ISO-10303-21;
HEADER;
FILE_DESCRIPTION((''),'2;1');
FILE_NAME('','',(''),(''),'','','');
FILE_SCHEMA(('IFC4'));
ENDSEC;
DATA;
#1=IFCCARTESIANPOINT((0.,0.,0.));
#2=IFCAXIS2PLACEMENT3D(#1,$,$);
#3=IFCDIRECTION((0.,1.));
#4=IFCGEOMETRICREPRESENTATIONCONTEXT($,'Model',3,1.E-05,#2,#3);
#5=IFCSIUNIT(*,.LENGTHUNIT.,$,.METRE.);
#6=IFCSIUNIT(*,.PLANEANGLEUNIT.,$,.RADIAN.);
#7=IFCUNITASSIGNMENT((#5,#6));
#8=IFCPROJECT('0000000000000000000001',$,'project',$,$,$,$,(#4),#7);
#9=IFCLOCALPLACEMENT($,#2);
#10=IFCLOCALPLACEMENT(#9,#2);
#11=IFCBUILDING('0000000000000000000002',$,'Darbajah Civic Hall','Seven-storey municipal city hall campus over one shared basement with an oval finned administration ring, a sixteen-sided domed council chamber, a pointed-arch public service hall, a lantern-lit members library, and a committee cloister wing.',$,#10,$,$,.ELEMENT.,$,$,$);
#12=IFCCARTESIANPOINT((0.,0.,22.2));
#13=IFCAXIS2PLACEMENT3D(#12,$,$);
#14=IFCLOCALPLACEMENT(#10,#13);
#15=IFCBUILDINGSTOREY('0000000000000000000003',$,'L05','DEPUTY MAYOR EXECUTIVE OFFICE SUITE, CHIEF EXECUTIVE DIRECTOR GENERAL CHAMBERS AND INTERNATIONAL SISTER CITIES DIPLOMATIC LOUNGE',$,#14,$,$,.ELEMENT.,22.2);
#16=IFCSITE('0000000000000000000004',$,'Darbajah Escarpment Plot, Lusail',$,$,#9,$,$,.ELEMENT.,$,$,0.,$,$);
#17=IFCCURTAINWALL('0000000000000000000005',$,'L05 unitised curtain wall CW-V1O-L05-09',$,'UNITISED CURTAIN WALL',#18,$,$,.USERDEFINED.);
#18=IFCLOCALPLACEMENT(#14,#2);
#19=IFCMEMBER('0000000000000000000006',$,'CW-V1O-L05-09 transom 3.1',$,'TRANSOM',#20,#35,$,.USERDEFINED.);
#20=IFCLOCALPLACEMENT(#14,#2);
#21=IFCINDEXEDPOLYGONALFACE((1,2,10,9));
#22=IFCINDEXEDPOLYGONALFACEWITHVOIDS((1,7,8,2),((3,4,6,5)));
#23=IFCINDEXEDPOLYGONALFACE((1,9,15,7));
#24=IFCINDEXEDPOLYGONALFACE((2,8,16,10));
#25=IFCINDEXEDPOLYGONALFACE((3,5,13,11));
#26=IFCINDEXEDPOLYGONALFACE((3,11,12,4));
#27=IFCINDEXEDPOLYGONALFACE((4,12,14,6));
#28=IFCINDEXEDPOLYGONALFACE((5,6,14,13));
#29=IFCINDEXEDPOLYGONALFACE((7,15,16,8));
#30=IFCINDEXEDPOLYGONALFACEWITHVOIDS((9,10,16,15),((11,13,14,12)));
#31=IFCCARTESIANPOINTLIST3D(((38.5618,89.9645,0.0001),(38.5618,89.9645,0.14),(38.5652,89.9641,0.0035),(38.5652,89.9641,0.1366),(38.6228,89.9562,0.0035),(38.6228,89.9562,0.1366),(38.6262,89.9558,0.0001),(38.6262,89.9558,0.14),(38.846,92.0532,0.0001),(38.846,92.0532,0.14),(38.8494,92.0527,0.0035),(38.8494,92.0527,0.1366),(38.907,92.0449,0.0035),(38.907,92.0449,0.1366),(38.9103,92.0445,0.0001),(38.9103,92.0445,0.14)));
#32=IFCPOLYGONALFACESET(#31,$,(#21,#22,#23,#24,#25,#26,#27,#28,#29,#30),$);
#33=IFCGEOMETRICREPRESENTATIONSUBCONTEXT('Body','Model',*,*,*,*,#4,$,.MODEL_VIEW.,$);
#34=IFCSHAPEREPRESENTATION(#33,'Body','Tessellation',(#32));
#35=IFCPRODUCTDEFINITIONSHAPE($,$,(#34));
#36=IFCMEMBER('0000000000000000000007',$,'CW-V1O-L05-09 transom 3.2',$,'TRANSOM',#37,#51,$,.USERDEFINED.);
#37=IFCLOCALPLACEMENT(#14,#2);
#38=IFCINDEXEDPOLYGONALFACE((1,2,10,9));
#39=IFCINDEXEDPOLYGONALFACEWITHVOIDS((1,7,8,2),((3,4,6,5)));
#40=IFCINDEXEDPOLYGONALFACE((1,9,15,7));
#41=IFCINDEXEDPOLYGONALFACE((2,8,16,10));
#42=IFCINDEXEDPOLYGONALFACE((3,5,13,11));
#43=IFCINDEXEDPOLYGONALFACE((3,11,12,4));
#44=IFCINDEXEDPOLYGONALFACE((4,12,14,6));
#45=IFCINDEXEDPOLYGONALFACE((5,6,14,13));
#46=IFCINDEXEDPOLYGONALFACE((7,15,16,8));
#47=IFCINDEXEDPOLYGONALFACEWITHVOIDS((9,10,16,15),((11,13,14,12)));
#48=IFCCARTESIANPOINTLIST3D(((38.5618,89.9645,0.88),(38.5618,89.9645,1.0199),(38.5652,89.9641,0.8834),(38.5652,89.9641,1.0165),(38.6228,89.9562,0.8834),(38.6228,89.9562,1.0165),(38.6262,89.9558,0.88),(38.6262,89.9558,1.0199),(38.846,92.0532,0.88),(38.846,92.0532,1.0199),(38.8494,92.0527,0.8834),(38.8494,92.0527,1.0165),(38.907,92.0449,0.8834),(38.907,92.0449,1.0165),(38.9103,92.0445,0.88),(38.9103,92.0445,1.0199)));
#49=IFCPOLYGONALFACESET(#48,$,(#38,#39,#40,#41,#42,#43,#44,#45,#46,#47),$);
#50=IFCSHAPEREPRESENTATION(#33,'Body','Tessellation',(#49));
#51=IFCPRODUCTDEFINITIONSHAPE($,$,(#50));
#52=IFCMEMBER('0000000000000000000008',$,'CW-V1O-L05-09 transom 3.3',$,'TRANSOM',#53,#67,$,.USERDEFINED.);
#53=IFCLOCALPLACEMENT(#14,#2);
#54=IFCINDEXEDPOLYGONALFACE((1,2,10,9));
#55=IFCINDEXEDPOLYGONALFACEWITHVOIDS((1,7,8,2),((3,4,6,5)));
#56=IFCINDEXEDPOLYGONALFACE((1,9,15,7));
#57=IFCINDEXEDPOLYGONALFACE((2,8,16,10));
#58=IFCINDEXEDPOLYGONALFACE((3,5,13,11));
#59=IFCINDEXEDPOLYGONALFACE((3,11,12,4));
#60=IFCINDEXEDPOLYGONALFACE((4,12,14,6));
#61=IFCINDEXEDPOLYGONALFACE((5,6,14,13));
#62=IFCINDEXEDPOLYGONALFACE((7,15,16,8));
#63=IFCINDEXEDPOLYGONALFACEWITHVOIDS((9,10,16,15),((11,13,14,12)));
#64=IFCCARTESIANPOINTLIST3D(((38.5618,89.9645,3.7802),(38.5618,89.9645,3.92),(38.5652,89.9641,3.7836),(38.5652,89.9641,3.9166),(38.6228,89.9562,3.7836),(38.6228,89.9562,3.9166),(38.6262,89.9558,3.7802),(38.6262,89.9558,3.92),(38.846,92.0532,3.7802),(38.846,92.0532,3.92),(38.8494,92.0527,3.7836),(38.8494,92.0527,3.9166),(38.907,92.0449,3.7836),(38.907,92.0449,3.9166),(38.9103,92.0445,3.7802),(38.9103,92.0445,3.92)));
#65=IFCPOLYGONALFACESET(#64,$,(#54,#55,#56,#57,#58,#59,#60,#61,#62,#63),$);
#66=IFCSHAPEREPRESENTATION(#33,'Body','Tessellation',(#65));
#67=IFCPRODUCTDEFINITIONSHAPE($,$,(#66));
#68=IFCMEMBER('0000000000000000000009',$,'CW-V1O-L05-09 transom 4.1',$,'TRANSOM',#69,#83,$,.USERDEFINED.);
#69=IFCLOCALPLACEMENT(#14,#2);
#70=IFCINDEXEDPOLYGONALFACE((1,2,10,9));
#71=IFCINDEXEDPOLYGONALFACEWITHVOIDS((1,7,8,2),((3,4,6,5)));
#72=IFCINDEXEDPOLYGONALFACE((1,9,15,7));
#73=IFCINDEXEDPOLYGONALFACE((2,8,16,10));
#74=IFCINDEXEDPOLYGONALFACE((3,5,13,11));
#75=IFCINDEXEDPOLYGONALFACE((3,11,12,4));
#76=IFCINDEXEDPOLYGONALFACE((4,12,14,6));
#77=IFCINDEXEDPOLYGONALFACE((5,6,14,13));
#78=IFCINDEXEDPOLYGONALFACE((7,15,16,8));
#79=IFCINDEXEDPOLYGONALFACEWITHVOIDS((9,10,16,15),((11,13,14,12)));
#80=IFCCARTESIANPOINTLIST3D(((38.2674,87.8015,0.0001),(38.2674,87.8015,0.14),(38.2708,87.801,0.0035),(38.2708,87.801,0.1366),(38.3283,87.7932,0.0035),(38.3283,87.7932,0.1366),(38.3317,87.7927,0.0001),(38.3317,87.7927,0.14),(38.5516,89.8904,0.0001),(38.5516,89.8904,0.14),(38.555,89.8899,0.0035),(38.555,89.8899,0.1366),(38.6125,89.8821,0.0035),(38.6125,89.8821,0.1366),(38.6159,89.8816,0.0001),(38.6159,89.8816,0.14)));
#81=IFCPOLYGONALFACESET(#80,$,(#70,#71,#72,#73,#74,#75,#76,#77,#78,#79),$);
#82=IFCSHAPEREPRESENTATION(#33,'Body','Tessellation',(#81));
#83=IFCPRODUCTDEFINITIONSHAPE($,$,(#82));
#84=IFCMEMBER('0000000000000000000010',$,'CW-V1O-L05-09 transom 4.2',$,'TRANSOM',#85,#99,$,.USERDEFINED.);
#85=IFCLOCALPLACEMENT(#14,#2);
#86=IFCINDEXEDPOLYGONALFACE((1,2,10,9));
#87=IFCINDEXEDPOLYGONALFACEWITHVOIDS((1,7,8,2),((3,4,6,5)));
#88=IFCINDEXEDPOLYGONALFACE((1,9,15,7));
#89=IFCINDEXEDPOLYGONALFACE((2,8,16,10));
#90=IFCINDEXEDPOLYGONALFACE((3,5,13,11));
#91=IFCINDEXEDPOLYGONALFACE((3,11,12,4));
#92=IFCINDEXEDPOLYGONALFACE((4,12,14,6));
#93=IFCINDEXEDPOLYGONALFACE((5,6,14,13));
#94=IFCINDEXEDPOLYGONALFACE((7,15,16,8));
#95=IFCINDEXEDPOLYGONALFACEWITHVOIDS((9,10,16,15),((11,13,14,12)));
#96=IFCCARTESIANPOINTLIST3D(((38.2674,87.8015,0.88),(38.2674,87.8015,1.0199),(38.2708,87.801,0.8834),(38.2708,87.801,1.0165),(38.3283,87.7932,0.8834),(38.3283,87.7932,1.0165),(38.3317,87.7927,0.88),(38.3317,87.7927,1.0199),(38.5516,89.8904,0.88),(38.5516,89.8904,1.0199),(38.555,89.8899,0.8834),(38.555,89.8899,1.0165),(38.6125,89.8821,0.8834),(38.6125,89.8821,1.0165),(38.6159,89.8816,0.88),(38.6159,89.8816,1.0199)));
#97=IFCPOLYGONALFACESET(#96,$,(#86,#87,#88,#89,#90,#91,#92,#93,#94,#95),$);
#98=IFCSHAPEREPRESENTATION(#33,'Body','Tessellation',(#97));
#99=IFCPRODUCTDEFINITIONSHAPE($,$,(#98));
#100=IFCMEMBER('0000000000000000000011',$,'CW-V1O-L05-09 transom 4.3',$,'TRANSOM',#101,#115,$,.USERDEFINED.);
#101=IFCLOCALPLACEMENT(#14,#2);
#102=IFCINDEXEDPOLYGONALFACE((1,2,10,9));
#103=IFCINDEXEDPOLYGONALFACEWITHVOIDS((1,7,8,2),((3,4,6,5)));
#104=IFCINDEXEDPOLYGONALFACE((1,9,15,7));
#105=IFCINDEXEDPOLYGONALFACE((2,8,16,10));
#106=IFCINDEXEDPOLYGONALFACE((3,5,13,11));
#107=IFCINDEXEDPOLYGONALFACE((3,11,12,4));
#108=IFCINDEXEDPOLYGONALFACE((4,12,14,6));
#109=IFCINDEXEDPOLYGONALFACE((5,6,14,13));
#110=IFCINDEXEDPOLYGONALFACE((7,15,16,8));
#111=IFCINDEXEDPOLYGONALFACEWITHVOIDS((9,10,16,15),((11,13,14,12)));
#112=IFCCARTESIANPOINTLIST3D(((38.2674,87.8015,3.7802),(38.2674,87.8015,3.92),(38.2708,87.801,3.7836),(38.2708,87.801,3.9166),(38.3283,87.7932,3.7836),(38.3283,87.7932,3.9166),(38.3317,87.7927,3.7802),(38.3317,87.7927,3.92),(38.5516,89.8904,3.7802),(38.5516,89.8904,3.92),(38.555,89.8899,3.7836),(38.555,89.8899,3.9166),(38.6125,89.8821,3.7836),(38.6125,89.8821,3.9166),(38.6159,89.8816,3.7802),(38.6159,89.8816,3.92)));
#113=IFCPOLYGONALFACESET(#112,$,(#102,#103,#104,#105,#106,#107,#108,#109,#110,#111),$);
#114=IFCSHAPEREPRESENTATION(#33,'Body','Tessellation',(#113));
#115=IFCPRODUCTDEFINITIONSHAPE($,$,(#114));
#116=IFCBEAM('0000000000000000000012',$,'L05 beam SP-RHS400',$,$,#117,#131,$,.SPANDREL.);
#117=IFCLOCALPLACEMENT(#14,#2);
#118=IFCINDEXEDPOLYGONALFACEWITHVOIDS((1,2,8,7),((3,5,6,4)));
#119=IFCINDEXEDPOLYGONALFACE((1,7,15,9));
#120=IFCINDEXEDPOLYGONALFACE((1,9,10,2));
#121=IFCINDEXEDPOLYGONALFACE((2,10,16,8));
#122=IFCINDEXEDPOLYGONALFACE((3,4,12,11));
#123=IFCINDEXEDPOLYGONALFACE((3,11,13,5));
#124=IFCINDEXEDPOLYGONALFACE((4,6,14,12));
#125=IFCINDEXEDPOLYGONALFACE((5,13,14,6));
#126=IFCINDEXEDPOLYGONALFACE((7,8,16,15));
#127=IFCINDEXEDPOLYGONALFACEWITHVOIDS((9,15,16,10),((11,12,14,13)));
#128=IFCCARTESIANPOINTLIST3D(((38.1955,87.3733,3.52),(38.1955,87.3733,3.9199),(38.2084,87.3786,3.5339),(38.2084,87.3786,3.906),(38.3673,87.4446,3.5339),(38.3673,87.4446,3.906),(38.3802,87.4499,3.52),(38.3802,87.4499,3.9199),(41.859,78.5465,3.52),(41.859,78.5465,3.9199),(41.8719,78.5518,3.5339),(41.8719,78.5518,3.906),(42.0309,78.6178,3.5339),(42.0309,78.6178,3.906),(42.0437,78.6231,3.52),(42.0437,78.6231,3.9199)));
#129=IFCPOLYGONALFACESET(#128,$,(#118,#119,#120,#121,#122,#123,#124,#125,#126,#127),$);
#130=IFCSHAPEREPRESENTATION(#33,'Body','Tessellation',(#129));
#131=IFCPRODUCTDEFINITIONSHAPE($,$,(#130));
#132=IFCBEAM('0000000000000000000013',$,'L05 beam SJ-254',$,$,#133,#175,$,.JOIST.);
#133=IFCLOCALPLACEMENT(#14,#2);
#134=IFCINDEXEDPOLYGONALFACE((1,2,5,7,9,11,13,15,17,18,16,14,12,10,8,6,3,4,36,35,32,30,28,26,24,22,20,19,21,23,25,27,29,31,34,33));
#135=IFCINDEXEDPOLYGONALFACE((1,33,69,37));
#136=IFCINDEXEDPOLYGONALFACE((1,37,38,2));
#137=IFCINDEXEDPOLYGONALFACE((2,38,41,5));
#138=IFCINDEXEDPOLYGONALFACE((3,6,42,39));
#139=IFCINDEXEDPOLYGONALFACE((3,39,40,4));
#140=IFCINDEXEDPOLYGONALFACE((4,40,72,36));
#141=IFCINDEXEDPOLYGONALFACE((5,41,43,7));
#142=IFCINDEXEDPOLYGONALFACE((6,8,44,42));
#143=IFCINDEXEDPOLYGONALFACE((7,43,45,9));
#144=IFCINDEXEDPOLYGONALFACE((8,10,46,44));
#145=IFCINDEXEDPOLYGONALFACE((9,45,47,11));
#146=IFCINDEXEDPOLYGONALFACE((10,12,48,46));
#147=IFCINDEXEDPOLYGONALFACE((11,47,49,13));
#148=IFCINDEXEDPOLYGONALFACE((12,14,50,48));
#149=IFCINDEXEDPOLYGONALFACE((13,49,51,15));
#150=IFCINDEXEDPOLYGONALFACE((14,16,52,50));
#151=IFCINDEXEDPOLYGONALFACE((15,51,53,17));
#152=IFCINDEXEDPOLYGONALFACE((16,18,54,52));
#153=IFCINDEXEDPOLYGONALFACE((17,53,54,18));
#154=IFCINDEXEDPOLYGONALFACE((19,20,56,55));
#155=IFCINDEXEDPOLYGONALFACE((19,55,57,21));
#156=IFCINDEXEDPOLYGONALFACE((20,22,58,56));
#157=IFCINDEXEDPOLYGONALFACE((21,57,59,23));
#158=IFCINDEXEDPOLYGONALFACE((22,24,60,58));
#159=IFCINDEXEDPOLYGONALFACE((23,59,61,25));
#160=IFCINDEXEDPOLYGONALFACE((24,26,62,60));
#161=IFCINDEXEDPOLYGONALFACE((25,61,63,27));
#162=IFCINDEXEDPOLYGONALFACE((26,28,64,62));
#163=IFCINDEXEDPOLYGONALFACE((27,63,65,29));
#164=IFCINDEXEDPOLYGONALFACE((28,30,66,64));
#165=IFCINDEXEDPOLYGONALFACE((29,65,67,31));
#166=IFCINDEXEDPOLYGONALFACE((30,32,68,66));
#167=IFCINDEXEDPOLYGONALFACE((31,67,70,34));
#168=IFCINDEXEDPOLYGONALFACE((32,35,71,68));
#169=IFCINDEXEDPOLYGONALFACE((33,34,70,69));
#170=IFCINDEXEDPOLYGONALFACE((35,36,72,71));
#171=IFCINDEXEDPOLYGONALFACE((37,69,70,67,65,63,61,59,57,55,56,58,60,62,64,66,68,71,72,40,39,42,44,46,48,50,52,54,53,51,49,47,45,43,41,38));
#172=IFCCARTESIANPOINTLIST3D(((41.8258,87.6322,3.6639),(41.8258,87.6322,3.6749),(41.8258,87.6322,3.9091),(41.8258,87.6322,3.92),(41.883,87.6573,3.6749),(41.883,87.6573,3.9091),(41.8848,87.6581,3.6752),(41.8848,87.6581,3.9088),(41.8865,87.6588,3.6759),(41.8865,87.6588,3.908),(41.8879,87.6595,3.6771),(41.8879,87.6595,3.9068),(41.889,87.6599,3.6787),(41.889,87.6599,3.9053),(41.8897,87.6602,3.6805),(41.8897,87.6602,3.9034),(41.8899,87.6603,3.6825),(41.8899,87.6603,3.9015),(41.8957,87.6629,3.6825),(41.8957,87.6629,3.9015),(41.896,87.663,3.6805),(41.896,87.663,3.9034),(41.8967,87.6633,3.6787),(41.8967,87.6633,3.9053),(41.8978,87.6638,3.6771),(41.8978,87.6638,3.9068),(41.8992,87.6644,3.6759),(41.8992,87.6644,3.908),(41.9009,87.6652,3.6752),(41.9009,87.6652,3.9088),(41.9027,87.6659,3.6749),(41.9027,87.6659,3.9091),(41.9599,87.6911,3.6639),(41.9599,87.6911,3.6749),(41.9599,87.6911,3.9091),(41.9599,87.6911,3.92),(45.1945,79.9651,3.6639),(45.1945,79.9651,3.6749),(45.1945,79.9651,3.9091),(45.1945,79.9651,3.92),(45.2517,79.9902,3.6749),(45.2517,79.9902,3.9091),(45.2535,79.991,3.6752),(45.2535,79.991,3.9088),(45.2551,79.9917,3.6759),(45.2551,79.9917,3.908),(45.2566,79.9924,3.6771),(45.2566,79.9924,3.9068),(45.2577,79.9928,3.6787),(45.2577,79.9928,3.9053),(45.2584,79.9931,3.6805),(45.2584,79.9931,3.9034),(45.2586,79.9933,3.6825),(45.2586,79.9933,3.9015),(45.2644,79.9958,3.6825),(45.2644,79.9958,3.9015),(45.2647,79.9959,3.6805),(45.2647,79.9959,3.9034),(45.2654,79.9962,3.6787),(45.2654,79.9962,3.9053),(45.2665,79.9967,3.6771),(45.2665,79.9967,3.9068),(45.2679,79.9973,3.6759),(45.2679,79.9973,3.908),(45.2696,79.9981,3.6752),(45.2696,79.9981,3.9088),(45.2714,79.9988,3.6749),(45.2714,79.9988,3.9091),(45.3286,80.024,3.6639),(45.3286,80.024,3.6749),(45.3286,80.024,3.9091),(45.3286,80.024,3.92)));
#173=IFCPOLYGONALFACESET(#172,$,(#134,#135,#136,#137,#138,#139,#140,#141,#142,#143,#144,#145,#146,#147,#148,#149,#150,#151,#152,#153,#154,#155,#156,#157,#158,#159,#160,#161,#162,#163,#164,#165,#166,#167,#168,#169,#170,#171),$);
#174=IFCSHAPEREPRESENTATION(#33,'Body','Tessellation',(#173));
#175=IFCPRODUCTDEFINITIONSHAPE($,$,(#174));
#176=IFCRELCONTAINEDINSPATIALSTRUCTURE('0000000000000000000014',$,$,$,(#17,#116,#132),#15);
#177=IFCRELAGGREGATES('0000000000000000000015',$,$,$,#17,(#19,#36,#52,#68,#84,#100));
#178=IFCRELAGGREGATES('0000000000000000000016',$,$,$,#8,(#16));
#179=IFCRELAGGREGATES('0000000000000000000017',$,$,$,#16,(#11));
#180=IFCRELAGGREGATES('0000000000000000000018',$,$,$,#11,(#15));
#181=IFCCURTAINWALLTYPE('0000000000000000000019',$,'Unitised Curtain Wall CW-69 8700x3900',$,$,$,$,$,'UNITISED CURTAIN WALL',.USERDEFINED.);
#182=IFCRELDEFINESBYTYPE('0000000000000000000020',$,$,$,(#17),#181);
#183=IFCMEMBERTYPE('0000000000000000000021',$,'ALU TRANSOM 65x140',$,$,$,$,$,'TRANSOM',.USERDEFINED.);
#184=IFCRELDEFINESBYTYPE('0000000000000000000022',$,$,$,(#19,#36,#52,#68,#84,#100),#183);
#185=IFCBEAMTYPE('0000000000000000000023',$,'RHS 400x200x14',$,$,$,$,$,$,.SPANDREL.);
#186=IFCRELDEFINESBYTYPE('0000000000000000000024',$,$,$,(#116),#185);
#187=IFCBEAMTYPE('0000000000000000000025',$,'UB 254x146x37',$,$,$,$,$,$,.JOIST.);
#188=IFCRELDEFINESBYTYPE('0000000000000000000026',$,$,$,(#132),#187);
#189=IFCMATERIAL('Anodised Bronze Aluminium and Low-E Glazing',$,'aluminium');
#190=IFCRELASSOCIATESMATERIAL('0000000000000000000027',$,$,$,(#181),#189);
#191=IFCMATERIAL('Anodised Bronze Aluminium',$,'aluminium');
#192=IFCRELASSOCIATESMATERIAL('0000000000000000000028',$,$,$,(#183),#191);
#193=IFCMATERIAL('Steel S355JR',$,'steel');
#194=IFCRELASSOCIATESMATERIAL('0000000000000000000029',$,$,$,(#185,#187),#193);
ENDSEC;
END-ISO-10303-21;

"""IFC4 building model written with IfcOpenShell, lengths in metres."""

from ifc_helpers import new_model, si_unit, direction, frame, origin, origin_2d, place, context, subcontext, project, spatial, hollow_rectangle, i_section, extrude, material, material_profile, profile_set, type_object, element, aggregate, save


model = new_model("IFC4")

# Units and contexts
model_context = context("Model", 3, precision=1e-05, world=origin(), true_north=direction((0.0, 1.0)))
body_context = subcontext(model_context, "Body", "Model", "MODEL_VIEW")
ifc_project = project(units=[si_unit("LENGTHUNIT", "METRE"), si_unit("PLANEANGLEUNIT", "RADIAN")], contexts=[model_context])

# Site, building, storey
site_placement = place(None, origin())
site = spatial("IfcSite", under=ifc_project, at=site_placement, Name="Darbajah Escarpment Plot, Lusail", CompositionType="ELEMENT", RefElevation=0.0)
building_placement = place(site_placement, origin())
building = spatial("IfcBuilding", under=site, at=building_placement, Name="Darbajah Civic Hall", Description="Seven-storey municipal city hall campus over one shared basement with an oval finned administration ring, a sixteen-sided domed council chamber, a pointed-arch public service hall, a lantern-lit members library, and a committee cloister wing.", CompositionType="ELEMENT")
storey_placement = place(building_placement, frame((0.0, 0.0, 22.2)))
storey = spatial("IfcBuildingStorey", under=building, at=storey_placement, Name="L05", Description="DEPUTY MAYOR EXECUTIVE OFFICE SUITE, CHIEF EXECUTIVE DIRECTOR GENERAL CHAMBERS AND INTERNATIONAL SISTER CITIES DIPLOMATIC LOUNGE", CompositionType="ELEMENT", Elevation=22.2)

# Shared definitions
ifc_material_1 = material(Name="Anodised Bronze Aluminium and Low-E Glazing", Category="aluminium")
ifc_material_2 = material(Name="Anodised Bronze Aluminium", Category="aluminium")

# Curtain wall
curtain_wall_type_1 = type_object("IfcCurtainWallType", Name="Unitised Curtain Wall CW-69 8700x3900", ElementType="UNITISED CURTAIN WALL", PredefinedType="USERDEFINED", material=ifc_material_1)
curtain_wall_1_placement = place(storey_placement, origin())
curtain_wall_1 = element("IfcCurtainWall", 1, at=curtain_wall_1_placement, inside=storey, type_object=curtain_wall_type_1, Name="L05 unitised curtain wall CW-V1O-L05-09", ObjectType="UNITISED CURTAIN WALL", PredefinedType="USERDEFINED")

# Members
ifc_material_profile_1 = material_profile(ifc_material_2, hollow_rectangle(XDim=0.0649, YDim=0.1399, WallThickness=0.0034, at=origin_2d()), Name="ALU TRANSOM 65x140")
ifc_profile_set_1 = profile_set([ifc_material_profile_1], Name="Anodised Bronze Aluminium")
member_type_1 = type_object("IfcMemberType", Name="ALU TRANSOM 65x140", ElementType="TRANSOM", PredefinedType="USERDEFINED", material=ifc_profile_set_1)
member_1_placement = place(storey_placement, frame((38.8782, 92.0488, 0.0701), z_axis=(-0.134819, -0.99087, 0.0), x_axis=(0.99087, -0.134819, 0.0)))
member_1 = element("IfcMember", 2, at=member_1_placement, type_object=member_type_1, Name="CW-V1O-L05-09 transom 3.1", ObjectType="TRANSOM", PredefinedType="USERDEFINED", context=body_context, shape_type="SweptSolid", body=[
    extrude(hollow_rectangle(XDim=0.0649, YDim=0.1399, WallThickness=0.0034, at=origin_2d()), origin(), (0.0, 0.0, 1.0), 2.1079),
])
member_2_placement = place(storey_placement, frame((38.8782, 92.0488, 0.95), z_axis=(-0.134819, -0.99087, 0.0), x_axis=(0.99087, -0.134819, 0.0)))
member_2 = element("IfcMember", 3, at=member_2_placement, type_object=member_type_1, Name="CW-V1O-L05-09 transom 3.2", ObjectType="TRANSOM", PredefinedType="USERDEFINED", context=body_context, shape_type="SweptSolid", body=[
    extrude(hollow_rectangle(XDim=0.0649, YDim=0.1399, WallThickness=0.0034, at=origin_2d()), origin(), (0.0, 0.0, 1.0), 2.1079),
])
member_3_placement = place(storey_placement, frame((38.8782, 92.0488, 3.8501), z_axis=(-0.134819, -0.99087, 0.0), x_axis=(0.99087, -0.134819, 0.0)))
member_3 = element("IfcMember", 4, at=member_3_placement, type_object=member_type_1, Name="CW-V1O-L05-09 transom 3.3", ObjectType="TRANSOM", PredefinedType="USERDEFINED", context=body_context, shape_type="SweptSolid", body=[
    extrude(hollow_rectangle(XDim=0.0649, YDim=0.1399, WallThickness=0.0034, at=origin_2d()), origin(), (0.0, 0.0, 1.0), 2.1079),
])
member_4_placement = place(storey_placement, frame((38.5837, 89.886, 0.0701), z_axis=(-0.134803, -0.990872, 0.0), x_axis=(0.990872, -0.134803, 0.0)))
member_4 = element("IfcMember", 5, at=member_4_placement, type_object=member_type_1, Name="CW-V1O-L05-09 transom 4.1", ObjectType="TRANSOM", PredefinedType="USERDEFINED", context=body_context, shape_type="SweptSolid", body=[
    extrude(hollow_rectangle(XDim=0.0649, YDim=0.1399, WallThickness=0.0034, at=origin_2d()), origin(), (0.0, 0.0, 1.0), 2.1082),
])
member_5_placement = place(storey_placement, frame((38.5837, 89.886, 0.95), z_axis=(-0.134803, -0.990872, 0.0), x_axis=(0.990872, -0.134803, 0.0)))
member_5 = element("IfcMember", 6, at=member_5_placement, type_object=member_type_1, Name="CW-V1O-L05-09 transom 4.2", ObjectType="TRANSOM", PredefinedType="USERDEFINED", context=body_context, shape_type="SweptSolid", body=[
    extrude(hollow_rectangle(XDim=0.0649, YDim=0.1399, WallThickness=0.0034, at=origin_2d()), origin(), (0.0, 0.0, 1.0), 2.1082),
])
member_6_placement = place(storey_placement, frame((38.5837, 89.886, 3.8501), z_axis=(-0.134803, -0.990872, 0.0), x_axis=(0.990872, -0.134803, 0.0)))
member_6 = element("IfcMember", 7, at=member_6_placement, type_object=member_type_1, Name="CW-V1O-L05-09 transom 4.3", ObjectType="TRANSOM", PredefinedType="USERDEFINED", context=body_context, shape_type="SweptSolid", body=[
    extrude(hollow_rectangle(XDim=0.0649, YDim=0.1399, WallThickness=0.0034, at=origin_2d()), origin(), (0.0, 0.0, 1.0), 2.1082),
])

# Beams
ifc_material_3 = material(Name="Steel S355JR", Category="steel")
ifc_material_profile_2 = material_profile(ifc_material_3, hollow_rectangle(XDim=0.2, YDim=0.3999, WallThickness=0.0139, at=origin_2d()), Name="RHS 400x200x14")
ifc_profile_set_2 = profile_set([ifc_material_profile_2], Name="Steel S355JR")
beam_type_1 = type_object("IfcBeamType", Name="RHS 400x200x14", PredefinedType="SPANDREL", material=ifc_profile_set_2)
beam_1_placement = place(storey_placement, frame((38.2878, 87.4116, 3.72), z_axis=(0.38334, -0.923607, 0.0), x_axis=(0.923607, 0.38334, 0.0)))
element("IfcBeam", 8, at=beam_1_placement, inside=storey, type_object=beam_type_1, Name="L05 beam SP-RHS400", PredefinedType="SPANDREL", context=body_context, shape_type="SweptSolid", body=[
    extrude(hollow_rectangle(XDim=0.2, YDim=0.3999, WallThickness=0.0139, at=origin_2d()), origin(), (0.0, 0.0, 1.0), 9.5569),
])
ifc_material_profile_3 = material_profile(ifc_material_3, i_section(OverallWidth=0.1465, OverallDepth=0.2561, WebThickness=0.0063, FlangeThickness=0.011, FilletRadius=0.0076, at=origin_2d()), Name="UB 254x146x37")
ifc_profile_set_3 = profile_set([ifc_material_profile_3], Name="Steel S355JR")
beam_type_2 = type_object("IfcBeamType", Name="UB 254x146x37", PredefinedType="JOIST", material=ifc_profile_set_3)
beam_2_placement = place(storey_placement, frame((41.8928, 87.6616, 3.792), z_axis=(0.402256, -0.915527, 0.0), x_axis=(0.915527, 0.402256, 0.0)))
element("IfcBeam", 9, at=beam_2_placement, inside=storey, type_object=beam_type_2, Name="L05 beam SJ-254", PredefinedType="JOIST", context=body_context, shape_type="SweptSolid", body=[
    extrude(i_section(OverallWidth=0.1465, OverallDepth=0.2561, WebThickness=0.0063, FlangeThickness=0.011, FilletRadius=0.0076, at=origin_2d()), origin(), (0.0, 0.0, 1.0), 8.3745),
])

aggregate(curtain_wall_1, [member_1, member_2, member_3, member_4, member_5, member_6])

save(model, "model.ifc")
